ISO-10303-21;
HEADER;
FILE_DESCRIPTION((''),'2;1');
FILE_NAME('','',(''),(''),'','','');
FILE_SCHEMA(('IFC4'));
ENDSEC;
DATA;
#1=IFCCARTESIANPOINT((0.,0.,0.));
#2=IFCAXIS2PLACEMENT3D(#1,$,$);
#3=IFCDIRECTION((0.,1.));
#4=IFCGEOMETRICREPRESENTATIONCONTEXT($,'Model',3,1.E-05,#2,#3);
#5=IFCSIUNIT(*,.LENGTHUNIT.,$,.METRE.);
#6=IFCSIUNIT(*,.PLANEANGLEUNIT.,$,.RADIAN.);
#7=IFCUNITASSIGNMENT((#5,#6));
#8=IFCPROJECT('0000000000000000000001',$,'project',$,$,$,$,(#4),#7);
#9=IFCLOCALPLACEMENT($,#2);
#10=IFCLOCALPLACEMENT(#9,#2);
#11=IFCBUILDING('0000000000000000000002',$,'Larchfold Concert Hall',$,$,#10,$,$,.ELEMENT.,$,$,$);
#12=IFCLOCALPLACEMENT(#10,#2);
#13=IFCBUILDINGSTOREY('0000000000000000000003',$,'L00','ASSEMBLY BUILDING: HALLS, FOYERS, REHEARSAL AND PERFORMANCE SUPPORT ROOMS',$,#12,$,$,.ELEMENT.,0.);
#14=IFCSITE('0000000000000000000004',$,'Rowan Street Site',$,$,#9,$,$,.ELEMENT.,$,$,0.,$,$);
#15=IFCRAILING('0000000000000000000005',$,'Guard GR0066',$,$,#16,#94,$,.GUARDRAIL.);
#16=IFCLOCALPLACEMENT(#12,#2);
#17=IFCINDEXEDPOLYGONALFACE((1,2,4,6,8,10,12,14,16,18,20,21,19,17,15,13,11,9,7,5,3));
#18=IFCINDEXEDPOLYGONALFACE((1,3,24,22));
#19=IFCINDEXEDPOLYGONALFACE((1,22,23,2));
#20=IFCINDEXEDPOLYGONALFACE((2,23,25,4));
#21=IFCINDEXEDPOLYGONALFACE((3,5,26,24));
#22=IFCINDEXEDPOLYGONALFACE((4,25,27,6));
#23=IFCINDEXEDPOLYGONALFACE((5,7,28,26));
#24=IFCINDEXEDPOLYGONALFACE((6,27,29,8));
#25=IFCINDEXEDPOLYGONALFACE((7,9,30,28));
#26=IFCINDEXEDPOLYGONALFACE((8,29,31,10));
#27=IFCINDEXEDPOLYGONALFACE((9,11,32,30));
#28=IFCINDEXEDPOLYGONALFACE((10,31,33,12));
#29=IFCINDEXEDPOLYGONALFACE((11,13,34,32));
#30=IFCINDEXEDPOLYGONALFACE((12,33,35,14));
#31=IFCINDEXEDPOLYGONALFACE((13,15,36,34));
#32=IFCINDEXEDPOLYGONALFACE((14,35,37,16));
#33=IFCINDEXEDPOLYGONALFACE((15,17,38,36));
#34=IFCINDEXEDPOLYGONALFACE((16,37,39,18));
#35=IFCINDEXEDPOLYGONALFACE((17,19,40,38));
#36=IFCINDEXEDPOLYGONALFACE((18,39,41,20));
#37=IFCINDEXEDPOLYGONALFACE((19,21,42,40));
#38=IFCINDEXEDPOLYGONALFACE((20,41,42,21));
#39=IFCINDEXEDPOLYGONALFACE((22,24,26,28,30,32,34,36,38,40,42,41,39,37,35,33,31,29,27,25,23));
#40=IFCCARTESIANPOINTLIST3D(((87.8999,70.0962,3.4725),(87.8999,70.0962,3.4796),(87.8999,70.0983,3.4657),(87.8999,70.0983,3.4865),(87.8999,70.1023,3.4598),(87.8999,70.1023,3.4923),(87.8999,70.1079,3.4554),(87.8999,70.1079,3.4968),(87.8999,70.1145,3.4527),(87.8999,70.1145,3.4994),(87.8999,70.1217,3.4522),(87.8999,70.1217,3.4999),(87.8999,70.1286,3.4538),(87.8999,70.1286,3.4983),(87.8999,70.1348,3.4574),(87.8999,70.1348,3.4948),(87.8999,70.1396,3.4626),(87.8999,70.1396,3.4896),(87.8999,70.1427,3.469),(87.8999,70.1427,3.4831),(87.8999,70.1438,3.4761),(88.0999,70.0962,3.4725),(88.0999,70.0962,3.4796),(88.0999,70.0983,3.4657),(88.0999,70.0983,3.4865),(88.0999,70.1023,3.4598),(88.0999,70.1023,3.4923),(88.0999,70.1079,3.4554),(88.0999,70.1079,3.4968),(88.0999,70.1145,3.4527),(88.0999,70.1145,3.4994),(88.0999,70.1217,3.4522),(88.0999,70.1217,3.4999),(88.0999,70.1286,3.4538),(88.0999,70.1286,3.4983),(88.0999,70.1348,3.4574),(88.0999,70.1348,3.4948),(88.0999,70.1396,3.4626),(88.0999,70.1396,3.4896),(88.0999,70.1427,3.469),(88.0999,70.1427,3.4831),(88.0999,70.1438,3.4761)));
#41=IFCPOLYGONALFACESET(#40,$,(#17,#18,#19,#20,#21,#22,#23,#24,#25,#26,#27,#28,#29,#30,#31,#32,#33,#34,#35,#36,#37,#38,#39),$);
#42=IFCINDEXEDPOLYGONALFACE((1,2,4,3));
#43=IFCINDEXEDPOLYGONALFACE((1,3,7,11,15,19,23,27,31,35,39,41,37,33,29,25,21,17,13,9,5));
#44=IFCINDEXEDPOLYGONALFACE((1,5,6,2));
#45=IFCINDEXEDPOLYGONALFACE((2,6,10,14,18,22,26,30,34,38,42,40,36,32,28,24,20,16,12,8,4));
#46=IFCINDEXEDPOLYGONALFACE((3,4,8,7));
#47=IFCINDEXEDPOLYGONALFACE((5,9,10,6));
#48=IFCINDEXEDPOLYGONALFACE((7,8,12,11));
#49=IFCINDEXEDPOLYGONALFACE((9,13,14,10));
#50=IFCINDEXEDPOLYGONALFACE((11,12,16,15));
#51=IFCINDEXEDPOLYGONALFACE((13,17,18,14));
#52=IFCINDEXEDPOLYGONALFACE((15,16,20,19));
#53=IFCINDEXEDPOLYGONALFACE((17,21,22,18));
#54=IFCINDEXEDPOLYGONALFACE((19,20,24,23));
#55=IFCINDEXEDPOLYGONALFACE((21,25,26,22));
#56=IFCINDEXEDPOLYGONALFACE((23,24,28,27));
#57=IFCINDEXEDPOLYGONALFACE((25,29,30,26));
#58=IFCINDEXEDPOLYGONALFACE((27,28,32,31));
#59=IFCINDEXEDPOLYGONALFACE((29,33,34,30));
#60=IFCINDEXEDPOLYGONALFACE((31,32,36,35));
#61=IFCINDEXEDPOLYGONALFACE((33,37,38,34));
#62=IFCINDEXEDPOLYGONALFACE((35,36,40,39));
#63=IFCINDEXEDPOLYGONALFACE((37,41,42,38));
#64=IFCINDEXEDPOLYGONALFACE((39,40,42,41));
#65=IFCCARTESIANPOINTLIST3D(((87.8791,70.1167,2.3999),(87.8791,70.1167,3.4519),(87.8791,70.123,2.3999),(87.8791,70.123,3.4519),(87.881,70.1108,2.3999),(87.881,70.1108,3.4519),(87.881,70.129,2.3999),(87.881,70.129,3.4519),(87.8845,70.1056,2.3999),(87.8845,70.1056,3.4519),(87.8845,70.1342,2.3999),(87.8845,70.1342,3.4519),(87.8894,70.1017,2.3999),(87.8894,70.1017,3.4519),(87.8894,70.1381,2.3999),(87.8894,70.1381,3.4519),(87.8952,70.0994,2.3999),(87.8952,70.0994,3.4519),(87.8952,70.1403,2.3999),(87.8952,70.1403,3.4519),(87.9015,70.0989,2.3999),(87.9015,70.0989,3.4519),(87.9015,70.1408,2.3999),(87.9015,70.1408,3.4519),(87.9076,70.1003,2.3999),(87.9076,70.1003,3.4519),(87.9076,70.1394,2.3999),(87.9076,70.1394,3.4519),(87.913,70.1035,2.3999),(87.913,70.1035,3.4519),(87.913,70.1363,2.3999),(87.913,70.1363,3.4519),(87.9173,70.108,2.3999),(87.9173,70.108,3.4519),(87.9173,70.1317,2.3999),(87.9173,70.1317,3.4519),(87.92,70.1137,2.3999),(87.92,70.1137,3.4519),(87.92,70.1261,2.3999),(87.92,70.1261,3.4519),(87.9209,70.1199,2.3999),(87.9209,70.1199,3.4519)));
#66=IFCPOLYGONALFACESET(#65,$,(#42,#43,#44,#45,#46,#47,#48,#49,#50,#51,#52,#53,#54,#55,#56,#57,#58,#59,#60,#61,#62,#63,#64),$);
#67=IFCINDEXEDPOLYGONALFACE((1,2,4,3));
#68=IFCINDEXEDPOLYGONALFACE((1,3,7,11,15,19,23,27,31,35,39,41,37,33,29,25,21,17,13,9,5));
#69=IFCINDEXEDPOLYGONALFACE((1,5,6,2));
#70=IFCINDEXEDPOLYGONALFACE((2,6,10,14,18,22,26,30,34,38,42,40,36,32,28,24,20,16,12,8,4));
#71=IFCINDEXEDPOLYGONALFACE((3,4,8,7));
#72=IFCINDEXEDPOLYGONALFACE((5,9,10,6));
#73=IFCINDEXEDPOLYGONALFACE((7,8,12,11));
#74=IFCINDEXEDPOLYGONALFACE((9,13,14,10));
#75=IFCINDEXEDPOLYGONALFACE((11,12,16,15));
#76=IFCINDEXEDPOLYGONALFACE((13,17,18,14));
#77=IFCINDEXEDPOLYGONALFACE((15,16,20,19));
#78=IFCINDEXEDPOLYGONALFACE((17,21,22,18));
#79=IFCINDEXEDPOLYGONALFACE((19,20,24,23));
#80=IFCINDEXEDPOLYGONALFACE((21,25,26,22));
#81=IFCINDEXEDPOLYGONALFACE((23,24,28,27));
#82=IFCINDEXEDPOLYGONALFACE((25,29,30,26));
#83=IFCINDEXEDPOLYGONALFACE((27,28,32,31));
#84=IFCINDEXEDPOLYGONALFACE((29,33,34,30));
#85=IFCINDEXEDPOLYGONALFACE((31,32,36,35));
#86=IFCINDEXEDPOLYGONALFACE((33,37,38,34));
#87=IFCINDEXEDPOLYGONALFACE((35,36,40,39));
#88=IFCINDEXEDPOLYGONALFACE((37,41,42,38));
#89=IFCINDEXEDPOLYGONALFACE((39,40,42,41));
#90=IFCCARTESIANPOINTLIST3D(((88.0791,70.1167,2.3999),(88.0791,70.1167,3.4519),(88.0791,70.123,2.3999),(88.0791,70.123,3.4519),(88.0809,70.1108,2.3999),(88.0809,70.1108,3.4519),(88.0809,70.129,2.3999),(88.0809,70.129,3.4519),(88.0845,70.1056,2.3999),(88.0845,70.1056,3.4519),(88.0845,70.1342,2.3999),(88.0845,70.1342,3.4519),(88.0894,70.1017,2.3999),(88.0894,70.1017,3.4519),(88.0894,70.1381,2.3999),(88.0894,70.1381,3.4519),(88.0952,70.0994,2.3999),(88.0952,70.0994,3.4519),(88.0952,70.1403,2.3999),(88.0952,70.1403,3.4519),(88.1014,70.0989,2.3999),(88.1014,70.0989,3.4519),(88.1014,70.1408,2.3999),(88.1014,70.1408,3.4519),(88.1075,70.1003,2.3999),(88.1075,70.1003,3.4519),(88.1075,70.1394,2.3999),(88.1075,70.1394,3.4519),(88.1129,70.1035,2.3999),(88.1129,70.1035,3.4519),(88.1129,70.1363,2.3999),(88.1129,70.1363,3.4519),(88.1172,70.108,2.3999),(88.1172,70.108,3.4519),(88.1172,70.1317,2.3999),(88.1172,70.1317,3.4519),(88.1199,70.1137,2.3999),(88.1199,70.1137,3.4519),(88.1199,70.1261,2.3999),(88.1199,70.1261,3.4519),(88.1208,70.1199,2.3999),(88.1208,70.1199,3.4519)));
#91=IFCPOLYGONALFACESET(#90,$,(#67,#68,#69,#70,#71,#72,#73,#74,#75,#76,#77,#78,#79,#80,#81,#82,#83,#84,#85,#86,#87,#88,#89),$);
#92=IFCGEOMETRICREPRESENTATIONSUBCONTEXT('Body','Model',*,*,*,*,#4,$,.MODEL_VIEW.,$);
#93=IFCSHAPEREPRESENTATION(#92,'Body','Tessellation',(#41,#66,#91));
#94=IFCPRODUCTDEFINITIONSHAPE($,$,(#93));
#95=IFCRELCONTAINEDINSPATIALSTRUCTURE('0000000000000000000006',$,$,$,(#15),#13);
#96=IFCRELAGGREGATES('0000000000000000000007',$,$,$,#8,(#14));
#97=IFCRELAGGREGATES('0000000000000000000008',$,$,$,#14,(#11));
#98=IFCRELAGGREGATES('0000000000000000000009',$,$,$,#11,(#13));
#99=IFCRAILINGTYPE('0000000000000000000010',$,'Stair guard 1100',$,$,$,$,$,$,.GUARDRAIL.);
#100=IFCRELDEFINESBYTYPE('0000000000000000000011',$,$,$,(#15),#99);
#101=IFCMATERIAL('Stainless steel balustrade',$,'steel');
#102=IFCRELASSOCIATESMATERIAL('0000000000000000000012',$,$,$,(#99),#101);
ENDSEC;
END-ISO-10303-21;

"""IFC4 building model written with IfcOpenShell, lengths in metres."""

from ifc_helpers import new_model, si_unit, direction, frame, origin, origin_2d, place, context, subcontext, project, spatial, circle, extrude, material, type_object, element, save


model = new_model("IFC4")

# Units and contexts
model_context = context("Model", 3, precision=1e-05, world=origin(), true_north=direction((0.0, 1.0)))
body_context = subcontext(model_context, "Body", "Model", "MODEL_VIEW")
ifc_project = project(units=[si_unit("LENGTHUNIT", "METRE"), si_unit("PLANEANGLEUNIT", "RADIAN")], contexts=[model_context])

# Site, building, storey
site_placement = place(None, origin())
site = spatial("IfcSite", under=ifc_project, at=site_placement, Name="Rowan Street Site", CompositionType="ELEMENT", RefElevation=0.0)
building_placement = place(site_placement, origin())
building = spatial("IfcBuilding", under=site, at=building_placement, Name="Larchfold Concert Hall", CompositionType="ELEMENT")
storey_placement = place(building_placement, origin())
storey = spatial("IfcBuildingStorey", under=building, at=storey_placement, Name="L00", Description="ASSEMBLY BUILDING: HALLS, FOYERS, REHEARSAL AND PERFORMANCE SUPPORT ROOMS", CompositionType="ELEMENT", Elevation=0.0)

# Railing
ifc_material_1 = material(Name="Stainless steel balustrade", Category="steel")
railing_type_1 = type_object("IfcRailingType", Name="Stair guard 1100", PredefinedType="GUARDRAIL", material=ifc_material_1)
railing_1_placement = place(storey_placement, frame((87.8999, 70.1199, 2.3999)))
element("IfcRailing", 1, at=railing_1_placement, inside=storey, type_object=railing_type_1, Name="Guard GR0066", PredefinedType="GUARDRAIL", context=body_context, shape_type="SweptSolid", body=[
    extrude(circle(Radius=0.0239, at=origin_2d()), frame((0.0, 0.0, 1.0762), z_axis=(1.0, 0.0, 0.0), x_axis=(0.0, 1.0, 0.0)), (0.0, 0.0, 1.0), 0.2),
    extrude(circle(Radius=0.021, at=origin_2d()), origin(), (0.0, 0.0, 1.0), 1.052),
    extrude(circle(Radius=0.021, at=origin_2d()), frame((0.2, 0.0, 0.0)), (0.0, 0.0, 1.0), 1.052),
])

save(model, "model.ifc")
